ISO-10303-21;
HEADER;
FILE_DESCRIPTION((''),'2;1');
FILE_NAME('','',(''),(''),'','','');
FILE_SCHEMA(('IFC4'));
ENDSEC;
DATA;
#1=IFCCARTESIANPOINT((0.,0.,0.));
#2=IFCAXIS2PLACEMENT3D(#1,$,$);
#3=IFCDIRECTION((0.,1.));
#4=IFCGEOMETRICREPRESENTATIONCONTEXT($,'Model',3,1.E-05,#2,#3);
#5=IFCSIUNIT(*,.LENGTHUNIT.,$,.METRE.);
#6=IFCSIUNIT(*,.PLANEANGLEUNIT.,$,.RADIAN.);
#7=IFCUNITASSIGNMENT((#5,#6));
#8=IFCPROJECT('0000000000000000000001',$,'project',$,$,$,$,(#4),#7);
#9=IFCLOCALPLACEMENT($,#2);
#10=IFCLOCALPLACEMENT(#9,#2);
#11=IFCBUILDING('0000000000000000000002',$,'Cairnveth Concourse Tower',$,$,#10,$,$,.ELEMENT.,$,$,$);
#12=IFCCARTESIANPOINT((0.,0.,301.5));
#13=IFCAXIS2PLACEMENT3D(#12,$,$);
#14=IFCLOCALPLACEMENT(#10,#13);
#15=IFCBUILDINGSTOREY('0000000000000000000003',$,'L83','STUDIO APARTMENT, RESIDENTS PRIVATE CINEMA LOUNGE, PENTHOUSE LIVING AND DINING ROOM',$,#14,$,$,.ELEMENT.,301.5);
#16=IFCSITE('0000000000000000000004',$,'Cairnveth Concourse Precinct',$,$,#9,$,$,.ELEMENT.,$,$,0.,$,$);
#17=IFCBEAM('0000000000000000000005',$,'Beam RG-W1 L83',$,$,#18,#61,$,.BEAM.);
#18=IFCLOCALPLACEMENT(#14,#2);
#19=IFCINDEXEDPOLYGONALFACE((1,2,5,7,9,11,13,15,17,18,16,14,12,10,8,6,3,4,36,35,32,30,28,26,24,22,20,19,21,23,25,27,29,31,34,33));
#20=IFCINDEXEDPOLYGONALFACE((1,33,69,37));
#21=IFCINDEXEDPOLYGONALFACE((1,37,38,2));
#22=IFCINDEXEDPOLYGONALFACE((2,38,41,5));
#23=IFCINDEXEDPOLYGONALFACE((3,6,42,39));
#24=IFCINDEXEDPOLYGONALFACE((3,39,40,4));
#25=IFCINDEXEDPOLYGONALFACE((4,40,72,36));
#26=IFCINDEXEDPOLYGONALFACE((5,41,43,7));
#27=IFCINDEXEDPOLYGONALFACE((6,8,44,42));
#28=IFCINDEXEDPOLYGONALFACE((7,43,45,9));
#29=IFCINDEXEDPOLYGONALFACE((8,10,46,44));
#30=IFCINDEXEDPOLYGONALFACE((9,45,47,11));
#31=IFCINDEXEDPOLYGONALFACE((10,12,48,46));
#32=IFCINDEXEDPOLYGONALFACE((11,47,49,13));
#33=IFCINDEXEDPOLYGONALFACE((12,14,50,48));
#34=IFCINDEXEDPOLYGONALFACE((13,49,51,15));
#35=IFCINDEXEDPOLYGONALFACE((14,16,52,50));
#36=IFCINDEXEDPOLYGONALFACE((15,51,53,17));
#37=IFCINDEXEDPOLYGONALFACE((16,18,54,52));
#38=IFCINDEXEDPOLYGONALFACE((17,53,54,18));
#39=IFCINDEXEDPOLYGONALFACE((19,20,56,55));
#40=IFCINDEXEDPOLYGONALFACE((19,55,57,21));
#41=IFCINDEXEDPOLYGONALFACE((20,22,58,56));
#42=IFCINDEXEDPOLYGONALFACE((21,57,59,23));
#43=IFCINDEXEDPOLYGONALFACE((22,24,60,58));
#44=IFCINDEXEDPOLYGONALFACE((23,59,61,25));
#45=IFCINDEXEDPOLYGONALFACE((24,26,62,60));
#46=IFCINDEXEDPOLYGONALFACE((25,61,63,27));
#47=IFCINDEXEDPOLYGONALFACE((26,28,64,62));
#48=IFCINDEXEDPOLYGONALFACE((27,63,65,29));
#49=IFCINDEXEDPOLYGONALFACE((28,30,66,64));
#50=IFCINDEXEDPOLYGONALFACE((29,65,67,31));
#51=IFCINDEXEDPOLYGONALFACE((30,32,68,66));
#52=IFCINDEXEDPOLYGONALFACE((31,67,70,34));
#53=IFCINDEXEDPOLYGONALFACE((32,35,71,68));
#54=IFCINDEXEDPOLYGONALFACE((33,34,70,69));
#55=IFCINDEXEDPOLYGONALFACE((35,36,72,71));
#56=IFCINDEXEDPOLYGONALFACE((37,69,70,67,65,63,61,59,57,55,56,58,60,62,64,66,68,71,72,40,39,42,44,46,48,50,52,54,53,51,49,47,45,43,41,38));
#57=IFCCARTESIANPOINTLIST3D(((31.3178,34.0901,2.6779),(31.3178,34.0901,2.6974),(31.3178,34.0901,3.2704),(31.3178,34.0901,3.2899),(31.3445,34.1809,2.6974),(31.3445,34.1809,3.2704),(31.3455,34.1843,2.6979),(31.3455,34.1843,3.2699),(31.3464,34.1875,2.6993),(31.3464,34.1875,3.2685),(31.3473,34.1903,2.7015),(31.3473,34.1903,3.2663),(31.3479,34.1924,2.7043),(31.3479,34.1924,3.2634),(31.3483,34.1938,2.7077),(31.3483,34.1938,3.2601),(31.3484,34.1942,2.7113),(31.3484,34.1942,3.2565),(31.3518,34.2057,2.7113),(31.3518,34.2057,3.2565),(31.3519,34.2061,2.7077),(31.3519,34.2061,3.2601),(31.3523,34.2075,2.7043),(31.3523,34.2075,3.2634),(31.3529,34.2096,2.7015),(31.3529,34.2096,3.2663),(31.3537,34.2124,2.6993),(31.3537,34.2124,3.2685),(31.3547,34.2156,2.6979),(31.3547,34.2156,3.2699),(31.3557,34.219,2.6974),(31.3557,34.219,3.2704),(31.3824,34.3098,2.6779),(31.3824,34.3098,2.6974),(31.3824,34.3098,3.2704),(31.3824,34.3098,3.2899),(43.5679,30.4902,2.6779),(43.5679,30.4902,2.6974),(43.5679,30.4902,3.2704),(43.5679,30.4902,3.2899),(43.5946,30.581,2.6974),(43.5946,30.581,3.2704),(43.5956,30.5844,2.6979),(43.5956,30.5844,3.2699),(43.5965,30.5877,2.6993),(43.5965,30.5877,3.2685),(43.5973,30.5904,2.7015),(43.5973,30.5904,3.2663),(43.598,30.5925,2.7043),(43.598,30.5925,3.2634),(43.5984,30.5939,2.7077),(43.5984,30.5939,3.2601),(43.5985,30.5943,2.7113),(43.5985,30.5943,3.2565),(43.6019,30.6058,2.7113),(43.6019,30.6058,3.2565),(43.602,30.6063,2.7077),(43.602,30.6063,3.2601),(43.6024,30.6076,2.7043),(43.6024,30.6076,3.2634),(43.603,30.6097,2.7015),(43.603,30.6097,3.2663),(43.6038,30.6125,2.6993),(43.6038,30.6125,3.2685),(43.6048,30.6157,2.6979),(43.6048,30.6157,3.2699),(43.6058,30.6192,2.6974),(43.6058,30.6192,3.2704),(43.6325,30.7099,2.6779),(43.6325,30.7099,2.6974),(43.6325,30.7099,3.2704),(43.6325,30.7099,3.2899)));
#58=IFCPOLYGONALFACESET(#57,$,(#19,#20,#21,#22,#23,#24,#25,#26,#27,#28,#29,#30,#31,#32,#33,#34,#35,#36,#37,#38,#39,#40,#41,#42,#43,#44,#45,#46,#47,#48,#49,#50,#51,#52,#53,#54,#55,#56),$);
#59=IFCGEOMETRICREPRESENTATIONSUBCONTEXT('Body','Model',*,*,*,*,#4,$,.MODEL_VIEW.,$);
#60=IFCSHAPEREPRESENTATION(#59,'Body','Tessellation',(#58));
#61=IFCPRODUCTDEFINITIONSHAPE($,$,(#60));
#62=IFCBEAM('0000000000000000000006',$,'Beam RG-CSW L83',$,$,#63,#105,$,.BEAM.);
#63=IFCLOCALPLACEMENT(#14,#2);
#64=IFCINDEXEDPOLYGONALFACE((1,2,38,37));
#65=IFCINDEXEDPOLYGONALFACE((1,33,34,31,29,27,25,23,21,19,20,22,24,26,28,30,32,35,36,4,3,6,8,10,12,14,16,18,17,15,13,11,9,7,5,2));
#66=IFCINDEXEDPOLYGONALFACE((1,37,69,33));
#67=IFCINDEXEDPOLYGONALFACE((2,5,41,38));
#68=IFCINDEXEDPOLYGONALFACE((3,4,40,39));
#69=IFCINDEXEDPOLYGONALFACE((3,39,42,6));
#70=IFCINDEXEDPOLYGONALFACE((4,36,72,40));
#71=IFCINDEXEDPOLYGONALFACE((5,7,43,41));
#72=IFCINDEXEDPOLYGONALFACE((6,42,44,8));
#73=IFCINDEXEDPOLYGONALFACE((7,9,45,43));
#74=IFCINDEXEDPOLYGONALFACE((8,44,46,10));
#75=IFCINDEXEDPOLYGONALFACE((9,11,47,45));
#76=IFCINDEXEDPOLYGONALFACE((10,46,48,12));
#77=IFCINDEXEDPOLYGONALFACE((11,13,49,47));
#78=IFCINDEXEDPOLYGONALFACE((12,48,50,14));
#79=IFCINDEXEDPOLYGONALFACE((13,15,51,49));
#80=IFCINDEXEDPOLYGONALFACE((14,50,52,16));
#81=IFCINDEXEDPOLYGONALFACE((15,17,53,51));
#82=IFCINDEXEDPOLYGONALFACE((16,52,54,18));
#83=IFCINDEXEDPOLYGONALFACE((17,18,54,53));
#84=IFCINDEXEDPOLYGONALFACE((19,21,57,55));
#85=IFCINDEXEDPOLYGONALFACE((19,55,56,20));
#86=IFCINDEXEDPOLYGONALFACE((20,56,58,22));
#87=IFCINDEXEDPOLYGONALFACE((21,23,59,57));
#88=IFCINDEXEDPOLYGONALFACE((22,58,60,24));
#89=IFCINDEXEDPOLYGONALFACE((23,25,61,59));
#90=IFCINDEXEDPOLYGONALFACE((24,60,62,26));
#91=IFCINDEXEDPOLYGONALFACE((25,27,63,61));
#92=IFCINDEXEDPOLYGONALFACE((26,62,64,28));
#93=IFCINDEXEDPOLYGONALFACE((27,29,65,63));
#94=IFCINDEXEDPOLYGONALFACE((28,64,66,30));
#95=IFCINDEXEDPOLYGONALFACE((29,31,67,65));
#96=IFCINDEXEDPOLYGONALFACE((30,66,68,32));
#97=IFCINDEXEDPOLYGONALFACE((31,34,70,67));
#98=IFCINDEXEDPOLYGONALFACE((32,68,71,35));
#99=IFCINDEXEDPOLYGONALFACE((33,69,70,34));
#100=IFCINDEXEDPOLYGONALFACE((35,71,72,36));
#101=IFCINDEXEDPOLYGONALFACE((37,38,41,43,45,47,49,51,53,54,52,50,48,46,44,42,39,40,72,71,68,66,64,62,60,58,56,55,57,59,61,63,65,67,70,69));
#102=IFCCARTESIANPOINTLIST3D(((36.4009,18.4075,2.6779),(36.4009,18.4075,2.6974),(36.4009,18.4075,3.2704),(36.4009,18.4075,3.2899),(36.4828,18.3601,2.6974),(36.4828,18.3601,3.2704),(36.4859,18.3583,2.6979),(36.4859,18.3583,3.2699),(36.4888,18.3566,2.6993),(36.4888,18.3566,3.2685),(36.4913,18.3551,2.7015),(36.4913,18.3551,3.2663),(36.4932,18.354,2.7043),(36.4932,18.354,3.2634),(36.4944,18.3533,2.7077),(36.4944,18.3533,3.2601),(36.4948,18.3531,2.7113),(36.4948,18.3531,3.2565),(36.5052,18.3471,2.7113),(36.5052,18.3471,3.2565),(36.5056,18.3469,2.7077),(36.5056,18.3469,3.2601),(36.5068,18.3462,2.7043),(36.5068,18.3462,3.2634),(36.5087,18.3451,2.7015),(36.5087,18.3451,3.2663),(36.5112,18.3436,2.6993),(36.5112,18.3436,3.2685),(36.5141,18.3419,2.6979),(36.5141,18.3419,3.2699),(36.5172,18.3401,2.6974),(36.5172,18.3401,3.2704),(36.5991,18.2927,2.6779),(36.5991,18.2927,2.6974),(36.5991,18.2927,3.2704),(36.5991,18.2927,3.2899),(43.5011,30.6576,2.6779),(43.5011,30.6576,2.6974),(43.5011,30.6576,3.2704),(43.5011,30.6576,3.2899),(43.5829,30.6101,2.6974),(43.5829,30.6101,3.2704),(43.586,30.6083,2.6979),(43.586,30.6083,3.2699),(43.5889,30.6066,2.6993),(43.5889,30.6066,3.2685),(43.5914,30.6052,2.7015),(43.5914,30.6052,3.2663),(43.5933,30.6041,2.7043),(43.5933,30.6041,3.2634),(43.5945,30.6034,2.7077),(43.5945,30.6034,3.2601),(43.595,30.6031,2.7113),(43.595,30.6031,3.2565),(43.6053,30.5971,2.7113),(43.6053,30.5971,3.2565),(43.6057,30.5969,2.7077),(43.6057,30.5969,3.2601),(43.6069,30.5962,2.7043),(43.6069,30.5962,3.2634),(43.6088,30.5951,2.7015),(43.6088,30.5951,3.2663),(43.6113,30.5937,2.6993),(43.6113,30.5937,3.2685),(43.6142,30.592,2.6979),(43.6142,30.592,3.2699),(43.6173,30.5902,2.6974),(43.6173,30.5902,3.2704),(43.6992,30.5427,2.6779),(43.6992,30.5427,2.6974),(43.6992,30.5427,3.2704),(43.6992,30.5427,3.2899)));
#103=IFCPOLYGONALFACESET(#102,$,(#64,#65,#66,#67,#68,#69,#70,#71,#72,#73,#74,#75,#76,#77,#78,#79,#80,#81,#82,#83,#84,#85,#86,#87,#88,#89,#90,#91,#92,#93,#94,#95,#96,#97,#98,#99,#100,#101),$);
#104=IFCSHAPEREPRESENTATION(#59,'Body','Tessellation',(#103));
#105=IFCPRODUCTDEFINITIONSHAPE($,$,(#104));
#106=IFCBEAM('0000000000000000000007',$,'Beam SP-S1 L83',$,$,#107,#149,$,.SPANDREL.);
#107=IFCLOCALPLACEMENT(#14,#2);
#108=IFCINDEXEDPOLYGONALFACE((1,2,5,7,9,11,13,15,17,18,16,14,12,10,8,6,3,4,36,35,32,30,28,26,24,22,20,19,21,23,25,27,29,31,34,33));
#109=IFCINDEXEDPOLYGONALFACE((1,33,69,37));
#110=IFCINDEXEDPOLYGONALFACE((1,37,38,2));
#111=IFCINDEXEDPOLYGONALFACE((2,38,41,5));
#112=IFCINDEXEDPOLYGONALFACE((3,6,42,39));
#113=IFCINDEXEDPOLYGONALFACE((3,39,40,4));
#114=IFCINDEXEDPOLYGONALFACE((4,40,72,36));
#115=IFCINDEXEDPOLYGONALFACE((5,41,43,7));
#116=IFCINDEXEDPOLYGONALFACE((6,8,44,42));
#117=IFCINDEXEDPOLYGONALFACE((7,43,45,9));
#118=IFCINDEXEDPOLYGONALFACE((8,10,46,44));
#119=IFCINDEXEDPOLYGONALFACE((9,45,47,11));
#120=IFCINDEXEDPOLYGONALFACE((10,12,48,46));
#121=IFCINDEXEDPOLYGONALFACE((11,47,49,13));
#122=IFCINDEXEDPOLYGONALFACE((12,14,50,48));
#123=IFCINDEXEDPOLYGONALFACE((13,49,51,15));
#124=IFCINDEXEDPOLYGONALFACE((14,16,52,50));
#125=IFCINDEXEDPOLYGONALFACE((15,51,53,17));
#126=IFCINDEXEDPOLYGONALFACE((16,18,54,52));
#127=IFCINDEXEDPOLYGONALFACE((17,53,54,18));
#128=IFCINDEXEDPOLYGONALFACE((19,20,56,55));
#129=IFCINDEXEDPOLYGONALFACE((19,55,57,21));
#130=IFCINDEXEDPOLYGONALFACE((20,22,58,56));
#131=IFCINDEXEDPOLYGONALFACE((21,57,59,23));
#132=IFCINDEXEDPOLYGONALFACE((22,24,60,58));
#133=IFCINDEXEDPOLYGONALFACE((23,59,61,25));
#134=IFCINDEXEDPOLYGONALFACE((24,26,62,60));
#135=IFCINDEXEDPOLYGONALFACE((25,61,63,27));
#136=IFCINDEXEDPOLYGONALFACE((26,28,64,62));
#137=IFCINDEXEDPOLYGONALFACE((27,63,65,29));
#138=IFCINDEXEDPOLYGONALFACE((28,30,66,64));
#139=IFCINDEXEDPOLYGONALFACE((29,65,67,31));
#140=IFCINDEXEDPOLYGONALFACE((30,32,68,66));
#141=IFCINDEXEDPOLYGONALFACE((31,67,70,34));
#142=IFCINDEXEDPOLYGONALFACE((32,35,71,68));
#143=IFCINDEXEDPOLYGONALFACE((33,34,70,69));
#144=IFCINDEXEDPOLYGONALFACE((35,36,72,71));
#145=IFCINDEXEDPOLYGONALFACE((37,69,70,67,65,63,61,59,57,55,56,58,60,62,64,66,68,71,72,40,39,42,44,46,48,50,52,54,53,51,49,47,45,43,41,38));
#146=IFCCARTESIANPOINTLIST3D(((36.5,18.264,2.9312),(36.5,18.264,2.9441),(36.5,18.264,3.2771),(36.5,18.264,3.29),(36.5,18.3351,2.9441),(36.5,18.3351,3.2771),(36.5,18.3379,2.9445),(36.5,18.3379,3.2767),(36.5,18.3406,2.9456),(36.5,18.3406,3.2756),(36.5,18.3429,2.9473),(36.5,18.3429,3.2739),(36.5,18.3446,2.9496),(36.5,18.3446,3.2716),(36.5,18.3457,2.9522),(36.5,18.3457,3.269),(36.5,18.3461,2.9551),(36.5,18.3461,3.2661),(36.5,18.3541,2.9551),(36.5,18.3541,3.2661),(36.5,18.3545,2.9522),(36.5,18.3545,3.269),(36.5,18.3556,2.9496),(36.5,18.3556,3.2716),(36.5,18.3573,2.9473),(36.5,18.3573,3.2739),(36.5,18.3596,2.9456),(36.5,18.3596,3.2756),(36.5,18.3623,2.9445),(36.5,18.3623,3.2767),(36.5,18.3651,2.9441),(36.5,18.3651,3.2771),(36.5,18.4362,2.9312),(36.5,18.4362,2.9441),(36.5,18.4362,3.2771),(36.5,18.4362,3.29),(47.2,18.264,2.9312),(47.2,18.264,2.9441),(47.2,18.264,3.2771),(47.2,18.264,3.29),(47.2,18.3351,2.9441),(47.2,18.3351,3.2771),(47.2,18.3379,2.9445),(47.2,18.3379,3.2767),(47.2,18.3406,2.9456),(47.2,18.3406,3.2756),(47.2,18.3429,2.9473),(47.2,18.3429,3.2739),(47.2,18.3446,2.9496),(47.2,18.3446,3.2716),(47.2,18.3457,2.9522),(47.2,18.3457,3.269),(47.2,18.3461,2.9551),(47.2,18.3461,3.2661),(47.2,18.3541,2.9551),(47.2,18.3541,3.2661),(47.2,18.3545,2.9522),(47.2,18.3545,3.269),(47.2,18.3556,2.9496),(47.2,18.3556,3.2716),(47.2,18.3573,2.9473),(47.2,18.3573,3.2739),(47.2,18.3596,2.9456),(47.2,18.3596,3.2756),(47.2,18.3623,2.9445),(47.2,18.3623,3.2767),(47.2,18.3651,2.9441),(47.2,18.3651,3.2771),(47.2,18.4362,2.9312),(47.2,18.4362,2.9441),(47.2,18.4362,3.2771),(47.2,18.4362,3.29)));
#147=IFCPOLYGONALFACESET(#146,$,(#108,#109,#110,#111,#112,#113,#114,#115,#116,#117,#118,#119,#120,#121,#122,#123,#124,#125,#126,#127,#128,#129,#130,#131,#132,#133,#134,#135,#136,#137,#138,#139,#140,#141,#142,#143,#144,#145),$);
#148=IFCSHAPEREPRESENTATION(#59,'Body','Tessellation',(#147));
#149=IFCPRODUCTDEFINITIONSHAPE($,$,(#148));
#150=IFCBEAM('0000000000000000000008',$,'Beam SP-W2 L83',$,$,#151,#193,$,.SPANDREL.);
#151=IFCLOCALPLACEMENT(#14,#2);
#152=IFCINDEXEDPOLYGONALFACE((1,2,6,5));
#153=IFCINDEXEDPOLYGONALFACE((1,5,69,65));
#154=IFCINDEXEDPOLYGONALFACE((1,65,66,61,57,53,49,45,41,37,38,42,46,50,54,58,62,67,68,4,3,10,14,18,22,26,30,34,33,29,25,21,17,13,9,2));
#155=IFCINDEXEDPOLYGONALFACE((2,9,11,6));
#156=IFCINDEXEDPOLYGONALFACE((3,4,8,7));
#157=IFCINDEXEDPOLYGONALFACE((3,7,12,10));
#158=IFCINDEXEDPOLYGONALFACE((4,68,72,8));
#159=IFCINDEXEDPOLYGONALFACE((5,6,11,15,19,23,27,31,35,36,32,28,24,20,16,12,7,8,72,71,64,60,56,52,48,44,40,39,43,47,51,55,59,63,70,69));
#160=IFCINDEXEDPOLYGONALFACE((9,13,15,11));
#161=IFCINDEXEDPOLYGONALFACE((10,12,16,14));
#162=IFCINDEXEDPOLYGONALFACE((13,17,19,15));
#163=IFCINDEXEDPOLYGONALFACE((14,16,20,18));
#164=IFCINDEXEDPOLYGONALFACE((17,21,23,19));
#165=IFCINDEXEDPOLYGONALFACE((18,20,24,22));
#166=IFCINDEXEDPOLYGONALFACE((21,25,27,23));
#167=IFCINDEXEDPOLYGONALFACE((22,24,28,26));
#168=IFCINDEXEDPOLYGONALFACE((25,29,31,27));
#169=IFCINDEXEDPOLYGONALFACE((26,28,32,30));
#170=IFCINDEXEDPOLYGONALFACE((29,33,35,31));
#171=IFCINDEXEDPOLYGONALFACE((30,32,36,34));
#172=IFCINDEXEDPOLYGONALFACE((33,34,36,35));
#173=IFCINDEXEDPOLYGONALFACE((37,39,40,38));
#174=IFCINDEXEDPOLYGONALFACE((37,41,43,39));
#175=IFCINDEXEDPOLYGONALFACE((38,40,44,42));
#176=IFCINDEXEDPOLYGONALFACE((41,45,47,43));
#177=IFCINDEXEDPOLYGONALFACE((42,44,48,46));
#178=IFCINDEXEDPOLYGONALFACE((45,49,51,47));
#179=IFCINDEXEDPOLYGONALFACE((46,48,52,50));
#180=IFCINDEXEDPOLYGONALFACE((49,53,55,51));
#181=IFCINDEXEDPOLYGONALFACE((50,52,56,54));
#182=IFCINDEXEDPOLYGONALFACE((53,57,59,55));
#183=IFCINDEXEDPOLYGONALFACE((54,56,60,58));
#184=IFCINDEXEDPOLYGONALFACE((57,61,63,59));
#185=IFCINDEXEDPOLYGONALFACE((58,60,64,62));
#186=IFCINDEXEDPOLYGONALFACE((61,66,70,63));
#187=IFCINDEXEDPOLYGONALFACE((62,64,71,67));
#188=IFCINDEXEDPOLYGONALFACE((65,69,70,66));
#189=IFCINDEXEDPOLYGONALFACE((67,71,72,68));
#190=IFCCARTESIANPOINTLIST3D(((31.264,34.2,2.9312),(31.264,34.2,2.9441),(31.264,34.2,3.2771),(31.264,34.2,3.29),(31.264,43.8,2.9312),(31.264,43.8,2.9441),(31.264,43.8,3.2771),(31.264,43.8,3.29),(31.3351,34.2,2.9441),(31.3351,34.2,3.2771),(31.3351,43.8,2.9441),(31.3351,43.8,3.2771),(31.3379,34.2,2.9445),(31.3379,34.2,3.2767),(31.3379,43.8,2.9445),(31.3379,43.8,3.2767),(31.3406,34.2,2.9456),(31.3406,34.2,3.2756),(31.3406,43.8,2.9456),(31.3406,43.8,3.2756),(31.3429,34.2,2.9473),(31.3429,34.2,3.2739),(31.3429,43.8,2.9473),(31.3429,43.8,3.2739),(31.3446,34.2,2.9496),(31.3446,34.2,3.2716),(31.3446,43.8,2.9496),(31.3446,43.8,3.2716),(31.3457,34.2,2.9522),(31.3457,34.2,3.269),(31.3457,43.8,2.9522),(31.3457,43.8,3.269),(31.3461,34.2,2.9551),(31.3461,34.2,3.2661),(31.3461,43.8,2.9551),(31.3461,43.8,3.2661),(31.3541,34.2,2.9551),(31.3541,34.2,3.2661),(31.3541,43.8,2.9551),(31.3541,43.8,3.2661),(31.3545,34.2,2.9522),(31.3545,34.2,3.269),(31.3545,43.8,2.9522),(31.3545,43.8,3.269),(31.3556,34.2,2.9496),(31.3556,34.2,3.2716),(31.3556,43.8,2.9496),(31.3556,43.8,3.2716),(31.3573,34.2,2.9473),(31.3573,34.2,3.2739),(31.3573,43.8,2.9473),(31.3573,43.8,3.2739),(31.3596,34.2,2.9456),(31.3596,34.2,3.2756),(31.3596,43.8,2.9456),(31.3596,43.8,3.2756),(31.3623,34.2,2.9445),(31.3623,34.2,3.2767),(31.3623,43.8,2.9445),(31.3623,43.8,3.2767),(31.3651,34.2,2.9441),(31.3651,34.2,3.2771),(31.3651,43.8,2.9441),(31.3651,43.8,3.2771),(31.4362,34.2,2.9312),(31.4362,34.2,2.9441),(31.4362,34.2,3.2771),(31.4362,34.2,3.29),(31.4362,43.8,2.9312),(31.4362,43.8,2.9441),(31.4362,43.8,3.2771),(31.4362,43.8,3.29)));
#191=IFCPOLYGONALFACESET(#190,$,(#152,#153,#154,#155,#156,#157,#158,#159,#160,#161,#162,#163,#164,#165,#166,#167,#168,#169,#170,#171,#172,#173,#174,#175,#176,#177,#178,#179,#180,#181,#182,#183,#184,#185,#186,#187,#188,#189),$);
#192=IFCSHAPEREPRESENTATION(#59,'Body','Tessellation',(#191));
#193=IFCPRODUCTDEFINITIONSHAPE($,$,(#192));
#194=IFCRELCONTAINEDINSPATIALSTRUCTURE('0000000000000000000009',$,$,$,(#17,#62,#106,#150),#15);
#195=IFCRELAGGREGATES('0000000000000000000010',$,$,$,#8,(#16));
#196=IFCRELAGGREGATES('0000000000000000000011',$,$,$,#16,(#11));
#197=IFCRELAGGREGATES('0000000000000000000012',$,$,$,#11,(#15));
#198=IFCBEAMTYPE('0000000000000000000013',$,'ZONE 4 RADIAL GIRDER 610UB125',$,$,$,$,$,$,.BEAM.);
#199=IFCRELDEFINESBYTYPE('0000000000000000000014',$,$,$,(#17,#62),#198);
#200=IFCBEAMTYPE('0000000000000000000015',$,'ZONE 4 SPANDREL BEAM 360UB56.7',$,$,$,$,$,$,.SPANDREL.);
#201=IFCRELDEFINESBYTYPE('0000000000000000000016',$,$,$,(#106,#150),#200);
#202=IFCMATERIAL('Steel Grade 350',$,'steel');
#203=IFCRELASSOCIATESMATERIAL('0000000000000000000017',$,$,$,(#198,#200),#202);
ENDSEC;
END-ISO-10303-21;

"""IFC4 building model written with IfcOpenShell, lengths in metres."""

from ifc_helpers import new_model, si_unit, direction, frame, origin, origin_2d, place, context, subcontext, project, spatial, i_section, extrude, material, material_profile, profile_set, type_object, element, save


model = new_model("IFC4")

# Units and contexts
model_context = context("Model", 3, precision=1e-05, world=origin(), true_north=direction((0.0, 1.0)))
body_context = subcontext(model_context, "Body", "Model", "MODEL_VIEW")
ifc_project = project(units=[si_unit("LENGTHUNIT", "METRE"), si_unit("PLANEANGLEUNIT", "RADIAN")], contexts=[model_context])

# Site, building, storey
site_placement = place(None, origin())
site = spatial("IfcSite", under=ifc_project, at=site_placement, Name="Cairnveth Concourse Precinct", CompositionType="ELEMENT", RefElevation=0.0)
building_placement = place(site_placement, origin())
building = spatial("IfcBuilding", under=site, at=building_placement, Name="Cairnveth Concourse Tower", CompositionType="ELEMENT")
storey_placement = place(building_placement, frame((0.0, 0.0, 301.5)))
storey = spatial("IfcBuildingStorey", under=building, at=storey_placement, Name="L83", Description="STUDIO APARTMENT, RESIDENTS PRIVATE CINEMA LOUNGE, PENTHOUSE LIVING AND DINING ROOM", CompositionType="ELEMENT", Elevation=301.5)

# Shared definitions
ifc_material_1 = material(Name="Steel Grade 350", Category="steel")

# Beams
ifc_material_profile_1 = material_profile(ifc_material_1, i_section(OverallWidth=0.229, OverallDepth=0.6121, WebThickness=0.012, FlangeThickness=0.0195, FilletRadius=0.0139, at=origin_2d()), Name="610UB125")
ifc_profile_set_1 = profile_set([ifc_material_profile_1], Name="Steel Grade 350")
beam_type_1 = type_object("IfcBeamType", Name="ZONE 4 RADIAL GIRDER 610UB125", PredefinedType="BEAM", material=ifc_profile_set_1)
beam_1_placement = place(storey_placement, frame((31.3501, 34.2, 2.9839), z_axis=(0.959431, -0.281944, 0.0), x_axis=(0.281944, 0.959431, 0.0)))
element("IfcBeam", 1, at=beam_1_placement, inside=storey, type_object=beam_type_1, Name="Beam RG-W1 L83", PredefinedType="BEAM", context=body_context, shape_type="SweptSolid", body=[
    extrude(i_section(OverallWidth=0.229, OverallDepth=0.6121, WebThickness=0.012, FlangeThickness=0.0195, FilletRadius=0.0139, at=origin_2d()), origin(), (0.0, 0.0, 1.0), 12.7681),
])
beam_2_placement = place(storey_placement, frame((36.5, 18.3501, 2.9839), z_axis=(0.501459, 0.865181, 0.0), x_axis=(-0.865181, 0.501459, 0.0)))
element("IfcBeam", 2, at=beam_2_placement, inside=storey, type_object=beam_type_1, Name="Beam RG-CSW L83", PredefinedType="BEAM", context=body_context, shape_type="SweptSolid", body=[
    extrude(i_section(OverallWidth=0.229, OverallDepth=0.6121, WebThickness=0.012, FlangeThickness=0.0195, FilletRadius=0.0139, at=origin_2d()), origin(), (0.0, 0.0, 1.0), 14.1589),
])
ifc_material_profile_2 = material_profile(ifc_material_1, i_section(OverallWidth=0.1721, OverallDepth=0.3589, WebThickness=0.0081, FlangeThickness=0.0129, FilletRadius=0.011, at=origin_2d()), Name="360UB56.7")
ifc_profile_set_2 = profile_set([ifc_material_profile_2], Name="Steel Grade 350")
beam_type_2 = type_object("IfcBeamType", Name="ZONE 4 SPANDREL BEAM 360UB56.7", PredefinedType="SPANDREL", material=ifc_profile_set_2)
beam_3_placement = place(storey_placement, frame((36.5, 18.3501, 3.1106), z_axis=(1.0, 0.0, 0.0), x_axis=(0.0, 1.0, 0.0)))
element("IfcBeam", 3, at=beam_3_placement, inside=storey, type_object=beam_type_2, Name="Beam SP-S1 L83", PredefinedType="SPANDREL", context=body_context, shape_type="SweptSolid", body=[
    extrude(i_section(OverallWidth=0.1721, OverallDepth=0.3589, WebThickness=0.0081, FlangeThickness=0.0129, FilletRadius=0.011, at=origin_2d()), origin(), (0.0, 0.0, 1.0), 10.7),
])
beam_4_placement = place(storey_placement, frame((31.3501, 34.2, 3.1106), z_axis=(0.0, 1.0, 0.0), x_axis=(-1.0, 0.0, 0.0)))
element("IfcBeam", 4, at=beam_4_placement, inside=storey, type_object=beam_type_2, Name="Beam SP-W2 L83", PredefinedType="SPANDREL", context=body_context, shape_type="SweptSolid", body=[
    extrude(i_section(OverallWidth=0.1721, OverallDepth=0.3589, WebThickness=0.0081, FlangeThickness=0.0129, FilletRadius=0.011, at=origin_2d()), origin(), (0.0, 0.0, 1.0), 9.6001),
])

save(model, "model.ifc")
